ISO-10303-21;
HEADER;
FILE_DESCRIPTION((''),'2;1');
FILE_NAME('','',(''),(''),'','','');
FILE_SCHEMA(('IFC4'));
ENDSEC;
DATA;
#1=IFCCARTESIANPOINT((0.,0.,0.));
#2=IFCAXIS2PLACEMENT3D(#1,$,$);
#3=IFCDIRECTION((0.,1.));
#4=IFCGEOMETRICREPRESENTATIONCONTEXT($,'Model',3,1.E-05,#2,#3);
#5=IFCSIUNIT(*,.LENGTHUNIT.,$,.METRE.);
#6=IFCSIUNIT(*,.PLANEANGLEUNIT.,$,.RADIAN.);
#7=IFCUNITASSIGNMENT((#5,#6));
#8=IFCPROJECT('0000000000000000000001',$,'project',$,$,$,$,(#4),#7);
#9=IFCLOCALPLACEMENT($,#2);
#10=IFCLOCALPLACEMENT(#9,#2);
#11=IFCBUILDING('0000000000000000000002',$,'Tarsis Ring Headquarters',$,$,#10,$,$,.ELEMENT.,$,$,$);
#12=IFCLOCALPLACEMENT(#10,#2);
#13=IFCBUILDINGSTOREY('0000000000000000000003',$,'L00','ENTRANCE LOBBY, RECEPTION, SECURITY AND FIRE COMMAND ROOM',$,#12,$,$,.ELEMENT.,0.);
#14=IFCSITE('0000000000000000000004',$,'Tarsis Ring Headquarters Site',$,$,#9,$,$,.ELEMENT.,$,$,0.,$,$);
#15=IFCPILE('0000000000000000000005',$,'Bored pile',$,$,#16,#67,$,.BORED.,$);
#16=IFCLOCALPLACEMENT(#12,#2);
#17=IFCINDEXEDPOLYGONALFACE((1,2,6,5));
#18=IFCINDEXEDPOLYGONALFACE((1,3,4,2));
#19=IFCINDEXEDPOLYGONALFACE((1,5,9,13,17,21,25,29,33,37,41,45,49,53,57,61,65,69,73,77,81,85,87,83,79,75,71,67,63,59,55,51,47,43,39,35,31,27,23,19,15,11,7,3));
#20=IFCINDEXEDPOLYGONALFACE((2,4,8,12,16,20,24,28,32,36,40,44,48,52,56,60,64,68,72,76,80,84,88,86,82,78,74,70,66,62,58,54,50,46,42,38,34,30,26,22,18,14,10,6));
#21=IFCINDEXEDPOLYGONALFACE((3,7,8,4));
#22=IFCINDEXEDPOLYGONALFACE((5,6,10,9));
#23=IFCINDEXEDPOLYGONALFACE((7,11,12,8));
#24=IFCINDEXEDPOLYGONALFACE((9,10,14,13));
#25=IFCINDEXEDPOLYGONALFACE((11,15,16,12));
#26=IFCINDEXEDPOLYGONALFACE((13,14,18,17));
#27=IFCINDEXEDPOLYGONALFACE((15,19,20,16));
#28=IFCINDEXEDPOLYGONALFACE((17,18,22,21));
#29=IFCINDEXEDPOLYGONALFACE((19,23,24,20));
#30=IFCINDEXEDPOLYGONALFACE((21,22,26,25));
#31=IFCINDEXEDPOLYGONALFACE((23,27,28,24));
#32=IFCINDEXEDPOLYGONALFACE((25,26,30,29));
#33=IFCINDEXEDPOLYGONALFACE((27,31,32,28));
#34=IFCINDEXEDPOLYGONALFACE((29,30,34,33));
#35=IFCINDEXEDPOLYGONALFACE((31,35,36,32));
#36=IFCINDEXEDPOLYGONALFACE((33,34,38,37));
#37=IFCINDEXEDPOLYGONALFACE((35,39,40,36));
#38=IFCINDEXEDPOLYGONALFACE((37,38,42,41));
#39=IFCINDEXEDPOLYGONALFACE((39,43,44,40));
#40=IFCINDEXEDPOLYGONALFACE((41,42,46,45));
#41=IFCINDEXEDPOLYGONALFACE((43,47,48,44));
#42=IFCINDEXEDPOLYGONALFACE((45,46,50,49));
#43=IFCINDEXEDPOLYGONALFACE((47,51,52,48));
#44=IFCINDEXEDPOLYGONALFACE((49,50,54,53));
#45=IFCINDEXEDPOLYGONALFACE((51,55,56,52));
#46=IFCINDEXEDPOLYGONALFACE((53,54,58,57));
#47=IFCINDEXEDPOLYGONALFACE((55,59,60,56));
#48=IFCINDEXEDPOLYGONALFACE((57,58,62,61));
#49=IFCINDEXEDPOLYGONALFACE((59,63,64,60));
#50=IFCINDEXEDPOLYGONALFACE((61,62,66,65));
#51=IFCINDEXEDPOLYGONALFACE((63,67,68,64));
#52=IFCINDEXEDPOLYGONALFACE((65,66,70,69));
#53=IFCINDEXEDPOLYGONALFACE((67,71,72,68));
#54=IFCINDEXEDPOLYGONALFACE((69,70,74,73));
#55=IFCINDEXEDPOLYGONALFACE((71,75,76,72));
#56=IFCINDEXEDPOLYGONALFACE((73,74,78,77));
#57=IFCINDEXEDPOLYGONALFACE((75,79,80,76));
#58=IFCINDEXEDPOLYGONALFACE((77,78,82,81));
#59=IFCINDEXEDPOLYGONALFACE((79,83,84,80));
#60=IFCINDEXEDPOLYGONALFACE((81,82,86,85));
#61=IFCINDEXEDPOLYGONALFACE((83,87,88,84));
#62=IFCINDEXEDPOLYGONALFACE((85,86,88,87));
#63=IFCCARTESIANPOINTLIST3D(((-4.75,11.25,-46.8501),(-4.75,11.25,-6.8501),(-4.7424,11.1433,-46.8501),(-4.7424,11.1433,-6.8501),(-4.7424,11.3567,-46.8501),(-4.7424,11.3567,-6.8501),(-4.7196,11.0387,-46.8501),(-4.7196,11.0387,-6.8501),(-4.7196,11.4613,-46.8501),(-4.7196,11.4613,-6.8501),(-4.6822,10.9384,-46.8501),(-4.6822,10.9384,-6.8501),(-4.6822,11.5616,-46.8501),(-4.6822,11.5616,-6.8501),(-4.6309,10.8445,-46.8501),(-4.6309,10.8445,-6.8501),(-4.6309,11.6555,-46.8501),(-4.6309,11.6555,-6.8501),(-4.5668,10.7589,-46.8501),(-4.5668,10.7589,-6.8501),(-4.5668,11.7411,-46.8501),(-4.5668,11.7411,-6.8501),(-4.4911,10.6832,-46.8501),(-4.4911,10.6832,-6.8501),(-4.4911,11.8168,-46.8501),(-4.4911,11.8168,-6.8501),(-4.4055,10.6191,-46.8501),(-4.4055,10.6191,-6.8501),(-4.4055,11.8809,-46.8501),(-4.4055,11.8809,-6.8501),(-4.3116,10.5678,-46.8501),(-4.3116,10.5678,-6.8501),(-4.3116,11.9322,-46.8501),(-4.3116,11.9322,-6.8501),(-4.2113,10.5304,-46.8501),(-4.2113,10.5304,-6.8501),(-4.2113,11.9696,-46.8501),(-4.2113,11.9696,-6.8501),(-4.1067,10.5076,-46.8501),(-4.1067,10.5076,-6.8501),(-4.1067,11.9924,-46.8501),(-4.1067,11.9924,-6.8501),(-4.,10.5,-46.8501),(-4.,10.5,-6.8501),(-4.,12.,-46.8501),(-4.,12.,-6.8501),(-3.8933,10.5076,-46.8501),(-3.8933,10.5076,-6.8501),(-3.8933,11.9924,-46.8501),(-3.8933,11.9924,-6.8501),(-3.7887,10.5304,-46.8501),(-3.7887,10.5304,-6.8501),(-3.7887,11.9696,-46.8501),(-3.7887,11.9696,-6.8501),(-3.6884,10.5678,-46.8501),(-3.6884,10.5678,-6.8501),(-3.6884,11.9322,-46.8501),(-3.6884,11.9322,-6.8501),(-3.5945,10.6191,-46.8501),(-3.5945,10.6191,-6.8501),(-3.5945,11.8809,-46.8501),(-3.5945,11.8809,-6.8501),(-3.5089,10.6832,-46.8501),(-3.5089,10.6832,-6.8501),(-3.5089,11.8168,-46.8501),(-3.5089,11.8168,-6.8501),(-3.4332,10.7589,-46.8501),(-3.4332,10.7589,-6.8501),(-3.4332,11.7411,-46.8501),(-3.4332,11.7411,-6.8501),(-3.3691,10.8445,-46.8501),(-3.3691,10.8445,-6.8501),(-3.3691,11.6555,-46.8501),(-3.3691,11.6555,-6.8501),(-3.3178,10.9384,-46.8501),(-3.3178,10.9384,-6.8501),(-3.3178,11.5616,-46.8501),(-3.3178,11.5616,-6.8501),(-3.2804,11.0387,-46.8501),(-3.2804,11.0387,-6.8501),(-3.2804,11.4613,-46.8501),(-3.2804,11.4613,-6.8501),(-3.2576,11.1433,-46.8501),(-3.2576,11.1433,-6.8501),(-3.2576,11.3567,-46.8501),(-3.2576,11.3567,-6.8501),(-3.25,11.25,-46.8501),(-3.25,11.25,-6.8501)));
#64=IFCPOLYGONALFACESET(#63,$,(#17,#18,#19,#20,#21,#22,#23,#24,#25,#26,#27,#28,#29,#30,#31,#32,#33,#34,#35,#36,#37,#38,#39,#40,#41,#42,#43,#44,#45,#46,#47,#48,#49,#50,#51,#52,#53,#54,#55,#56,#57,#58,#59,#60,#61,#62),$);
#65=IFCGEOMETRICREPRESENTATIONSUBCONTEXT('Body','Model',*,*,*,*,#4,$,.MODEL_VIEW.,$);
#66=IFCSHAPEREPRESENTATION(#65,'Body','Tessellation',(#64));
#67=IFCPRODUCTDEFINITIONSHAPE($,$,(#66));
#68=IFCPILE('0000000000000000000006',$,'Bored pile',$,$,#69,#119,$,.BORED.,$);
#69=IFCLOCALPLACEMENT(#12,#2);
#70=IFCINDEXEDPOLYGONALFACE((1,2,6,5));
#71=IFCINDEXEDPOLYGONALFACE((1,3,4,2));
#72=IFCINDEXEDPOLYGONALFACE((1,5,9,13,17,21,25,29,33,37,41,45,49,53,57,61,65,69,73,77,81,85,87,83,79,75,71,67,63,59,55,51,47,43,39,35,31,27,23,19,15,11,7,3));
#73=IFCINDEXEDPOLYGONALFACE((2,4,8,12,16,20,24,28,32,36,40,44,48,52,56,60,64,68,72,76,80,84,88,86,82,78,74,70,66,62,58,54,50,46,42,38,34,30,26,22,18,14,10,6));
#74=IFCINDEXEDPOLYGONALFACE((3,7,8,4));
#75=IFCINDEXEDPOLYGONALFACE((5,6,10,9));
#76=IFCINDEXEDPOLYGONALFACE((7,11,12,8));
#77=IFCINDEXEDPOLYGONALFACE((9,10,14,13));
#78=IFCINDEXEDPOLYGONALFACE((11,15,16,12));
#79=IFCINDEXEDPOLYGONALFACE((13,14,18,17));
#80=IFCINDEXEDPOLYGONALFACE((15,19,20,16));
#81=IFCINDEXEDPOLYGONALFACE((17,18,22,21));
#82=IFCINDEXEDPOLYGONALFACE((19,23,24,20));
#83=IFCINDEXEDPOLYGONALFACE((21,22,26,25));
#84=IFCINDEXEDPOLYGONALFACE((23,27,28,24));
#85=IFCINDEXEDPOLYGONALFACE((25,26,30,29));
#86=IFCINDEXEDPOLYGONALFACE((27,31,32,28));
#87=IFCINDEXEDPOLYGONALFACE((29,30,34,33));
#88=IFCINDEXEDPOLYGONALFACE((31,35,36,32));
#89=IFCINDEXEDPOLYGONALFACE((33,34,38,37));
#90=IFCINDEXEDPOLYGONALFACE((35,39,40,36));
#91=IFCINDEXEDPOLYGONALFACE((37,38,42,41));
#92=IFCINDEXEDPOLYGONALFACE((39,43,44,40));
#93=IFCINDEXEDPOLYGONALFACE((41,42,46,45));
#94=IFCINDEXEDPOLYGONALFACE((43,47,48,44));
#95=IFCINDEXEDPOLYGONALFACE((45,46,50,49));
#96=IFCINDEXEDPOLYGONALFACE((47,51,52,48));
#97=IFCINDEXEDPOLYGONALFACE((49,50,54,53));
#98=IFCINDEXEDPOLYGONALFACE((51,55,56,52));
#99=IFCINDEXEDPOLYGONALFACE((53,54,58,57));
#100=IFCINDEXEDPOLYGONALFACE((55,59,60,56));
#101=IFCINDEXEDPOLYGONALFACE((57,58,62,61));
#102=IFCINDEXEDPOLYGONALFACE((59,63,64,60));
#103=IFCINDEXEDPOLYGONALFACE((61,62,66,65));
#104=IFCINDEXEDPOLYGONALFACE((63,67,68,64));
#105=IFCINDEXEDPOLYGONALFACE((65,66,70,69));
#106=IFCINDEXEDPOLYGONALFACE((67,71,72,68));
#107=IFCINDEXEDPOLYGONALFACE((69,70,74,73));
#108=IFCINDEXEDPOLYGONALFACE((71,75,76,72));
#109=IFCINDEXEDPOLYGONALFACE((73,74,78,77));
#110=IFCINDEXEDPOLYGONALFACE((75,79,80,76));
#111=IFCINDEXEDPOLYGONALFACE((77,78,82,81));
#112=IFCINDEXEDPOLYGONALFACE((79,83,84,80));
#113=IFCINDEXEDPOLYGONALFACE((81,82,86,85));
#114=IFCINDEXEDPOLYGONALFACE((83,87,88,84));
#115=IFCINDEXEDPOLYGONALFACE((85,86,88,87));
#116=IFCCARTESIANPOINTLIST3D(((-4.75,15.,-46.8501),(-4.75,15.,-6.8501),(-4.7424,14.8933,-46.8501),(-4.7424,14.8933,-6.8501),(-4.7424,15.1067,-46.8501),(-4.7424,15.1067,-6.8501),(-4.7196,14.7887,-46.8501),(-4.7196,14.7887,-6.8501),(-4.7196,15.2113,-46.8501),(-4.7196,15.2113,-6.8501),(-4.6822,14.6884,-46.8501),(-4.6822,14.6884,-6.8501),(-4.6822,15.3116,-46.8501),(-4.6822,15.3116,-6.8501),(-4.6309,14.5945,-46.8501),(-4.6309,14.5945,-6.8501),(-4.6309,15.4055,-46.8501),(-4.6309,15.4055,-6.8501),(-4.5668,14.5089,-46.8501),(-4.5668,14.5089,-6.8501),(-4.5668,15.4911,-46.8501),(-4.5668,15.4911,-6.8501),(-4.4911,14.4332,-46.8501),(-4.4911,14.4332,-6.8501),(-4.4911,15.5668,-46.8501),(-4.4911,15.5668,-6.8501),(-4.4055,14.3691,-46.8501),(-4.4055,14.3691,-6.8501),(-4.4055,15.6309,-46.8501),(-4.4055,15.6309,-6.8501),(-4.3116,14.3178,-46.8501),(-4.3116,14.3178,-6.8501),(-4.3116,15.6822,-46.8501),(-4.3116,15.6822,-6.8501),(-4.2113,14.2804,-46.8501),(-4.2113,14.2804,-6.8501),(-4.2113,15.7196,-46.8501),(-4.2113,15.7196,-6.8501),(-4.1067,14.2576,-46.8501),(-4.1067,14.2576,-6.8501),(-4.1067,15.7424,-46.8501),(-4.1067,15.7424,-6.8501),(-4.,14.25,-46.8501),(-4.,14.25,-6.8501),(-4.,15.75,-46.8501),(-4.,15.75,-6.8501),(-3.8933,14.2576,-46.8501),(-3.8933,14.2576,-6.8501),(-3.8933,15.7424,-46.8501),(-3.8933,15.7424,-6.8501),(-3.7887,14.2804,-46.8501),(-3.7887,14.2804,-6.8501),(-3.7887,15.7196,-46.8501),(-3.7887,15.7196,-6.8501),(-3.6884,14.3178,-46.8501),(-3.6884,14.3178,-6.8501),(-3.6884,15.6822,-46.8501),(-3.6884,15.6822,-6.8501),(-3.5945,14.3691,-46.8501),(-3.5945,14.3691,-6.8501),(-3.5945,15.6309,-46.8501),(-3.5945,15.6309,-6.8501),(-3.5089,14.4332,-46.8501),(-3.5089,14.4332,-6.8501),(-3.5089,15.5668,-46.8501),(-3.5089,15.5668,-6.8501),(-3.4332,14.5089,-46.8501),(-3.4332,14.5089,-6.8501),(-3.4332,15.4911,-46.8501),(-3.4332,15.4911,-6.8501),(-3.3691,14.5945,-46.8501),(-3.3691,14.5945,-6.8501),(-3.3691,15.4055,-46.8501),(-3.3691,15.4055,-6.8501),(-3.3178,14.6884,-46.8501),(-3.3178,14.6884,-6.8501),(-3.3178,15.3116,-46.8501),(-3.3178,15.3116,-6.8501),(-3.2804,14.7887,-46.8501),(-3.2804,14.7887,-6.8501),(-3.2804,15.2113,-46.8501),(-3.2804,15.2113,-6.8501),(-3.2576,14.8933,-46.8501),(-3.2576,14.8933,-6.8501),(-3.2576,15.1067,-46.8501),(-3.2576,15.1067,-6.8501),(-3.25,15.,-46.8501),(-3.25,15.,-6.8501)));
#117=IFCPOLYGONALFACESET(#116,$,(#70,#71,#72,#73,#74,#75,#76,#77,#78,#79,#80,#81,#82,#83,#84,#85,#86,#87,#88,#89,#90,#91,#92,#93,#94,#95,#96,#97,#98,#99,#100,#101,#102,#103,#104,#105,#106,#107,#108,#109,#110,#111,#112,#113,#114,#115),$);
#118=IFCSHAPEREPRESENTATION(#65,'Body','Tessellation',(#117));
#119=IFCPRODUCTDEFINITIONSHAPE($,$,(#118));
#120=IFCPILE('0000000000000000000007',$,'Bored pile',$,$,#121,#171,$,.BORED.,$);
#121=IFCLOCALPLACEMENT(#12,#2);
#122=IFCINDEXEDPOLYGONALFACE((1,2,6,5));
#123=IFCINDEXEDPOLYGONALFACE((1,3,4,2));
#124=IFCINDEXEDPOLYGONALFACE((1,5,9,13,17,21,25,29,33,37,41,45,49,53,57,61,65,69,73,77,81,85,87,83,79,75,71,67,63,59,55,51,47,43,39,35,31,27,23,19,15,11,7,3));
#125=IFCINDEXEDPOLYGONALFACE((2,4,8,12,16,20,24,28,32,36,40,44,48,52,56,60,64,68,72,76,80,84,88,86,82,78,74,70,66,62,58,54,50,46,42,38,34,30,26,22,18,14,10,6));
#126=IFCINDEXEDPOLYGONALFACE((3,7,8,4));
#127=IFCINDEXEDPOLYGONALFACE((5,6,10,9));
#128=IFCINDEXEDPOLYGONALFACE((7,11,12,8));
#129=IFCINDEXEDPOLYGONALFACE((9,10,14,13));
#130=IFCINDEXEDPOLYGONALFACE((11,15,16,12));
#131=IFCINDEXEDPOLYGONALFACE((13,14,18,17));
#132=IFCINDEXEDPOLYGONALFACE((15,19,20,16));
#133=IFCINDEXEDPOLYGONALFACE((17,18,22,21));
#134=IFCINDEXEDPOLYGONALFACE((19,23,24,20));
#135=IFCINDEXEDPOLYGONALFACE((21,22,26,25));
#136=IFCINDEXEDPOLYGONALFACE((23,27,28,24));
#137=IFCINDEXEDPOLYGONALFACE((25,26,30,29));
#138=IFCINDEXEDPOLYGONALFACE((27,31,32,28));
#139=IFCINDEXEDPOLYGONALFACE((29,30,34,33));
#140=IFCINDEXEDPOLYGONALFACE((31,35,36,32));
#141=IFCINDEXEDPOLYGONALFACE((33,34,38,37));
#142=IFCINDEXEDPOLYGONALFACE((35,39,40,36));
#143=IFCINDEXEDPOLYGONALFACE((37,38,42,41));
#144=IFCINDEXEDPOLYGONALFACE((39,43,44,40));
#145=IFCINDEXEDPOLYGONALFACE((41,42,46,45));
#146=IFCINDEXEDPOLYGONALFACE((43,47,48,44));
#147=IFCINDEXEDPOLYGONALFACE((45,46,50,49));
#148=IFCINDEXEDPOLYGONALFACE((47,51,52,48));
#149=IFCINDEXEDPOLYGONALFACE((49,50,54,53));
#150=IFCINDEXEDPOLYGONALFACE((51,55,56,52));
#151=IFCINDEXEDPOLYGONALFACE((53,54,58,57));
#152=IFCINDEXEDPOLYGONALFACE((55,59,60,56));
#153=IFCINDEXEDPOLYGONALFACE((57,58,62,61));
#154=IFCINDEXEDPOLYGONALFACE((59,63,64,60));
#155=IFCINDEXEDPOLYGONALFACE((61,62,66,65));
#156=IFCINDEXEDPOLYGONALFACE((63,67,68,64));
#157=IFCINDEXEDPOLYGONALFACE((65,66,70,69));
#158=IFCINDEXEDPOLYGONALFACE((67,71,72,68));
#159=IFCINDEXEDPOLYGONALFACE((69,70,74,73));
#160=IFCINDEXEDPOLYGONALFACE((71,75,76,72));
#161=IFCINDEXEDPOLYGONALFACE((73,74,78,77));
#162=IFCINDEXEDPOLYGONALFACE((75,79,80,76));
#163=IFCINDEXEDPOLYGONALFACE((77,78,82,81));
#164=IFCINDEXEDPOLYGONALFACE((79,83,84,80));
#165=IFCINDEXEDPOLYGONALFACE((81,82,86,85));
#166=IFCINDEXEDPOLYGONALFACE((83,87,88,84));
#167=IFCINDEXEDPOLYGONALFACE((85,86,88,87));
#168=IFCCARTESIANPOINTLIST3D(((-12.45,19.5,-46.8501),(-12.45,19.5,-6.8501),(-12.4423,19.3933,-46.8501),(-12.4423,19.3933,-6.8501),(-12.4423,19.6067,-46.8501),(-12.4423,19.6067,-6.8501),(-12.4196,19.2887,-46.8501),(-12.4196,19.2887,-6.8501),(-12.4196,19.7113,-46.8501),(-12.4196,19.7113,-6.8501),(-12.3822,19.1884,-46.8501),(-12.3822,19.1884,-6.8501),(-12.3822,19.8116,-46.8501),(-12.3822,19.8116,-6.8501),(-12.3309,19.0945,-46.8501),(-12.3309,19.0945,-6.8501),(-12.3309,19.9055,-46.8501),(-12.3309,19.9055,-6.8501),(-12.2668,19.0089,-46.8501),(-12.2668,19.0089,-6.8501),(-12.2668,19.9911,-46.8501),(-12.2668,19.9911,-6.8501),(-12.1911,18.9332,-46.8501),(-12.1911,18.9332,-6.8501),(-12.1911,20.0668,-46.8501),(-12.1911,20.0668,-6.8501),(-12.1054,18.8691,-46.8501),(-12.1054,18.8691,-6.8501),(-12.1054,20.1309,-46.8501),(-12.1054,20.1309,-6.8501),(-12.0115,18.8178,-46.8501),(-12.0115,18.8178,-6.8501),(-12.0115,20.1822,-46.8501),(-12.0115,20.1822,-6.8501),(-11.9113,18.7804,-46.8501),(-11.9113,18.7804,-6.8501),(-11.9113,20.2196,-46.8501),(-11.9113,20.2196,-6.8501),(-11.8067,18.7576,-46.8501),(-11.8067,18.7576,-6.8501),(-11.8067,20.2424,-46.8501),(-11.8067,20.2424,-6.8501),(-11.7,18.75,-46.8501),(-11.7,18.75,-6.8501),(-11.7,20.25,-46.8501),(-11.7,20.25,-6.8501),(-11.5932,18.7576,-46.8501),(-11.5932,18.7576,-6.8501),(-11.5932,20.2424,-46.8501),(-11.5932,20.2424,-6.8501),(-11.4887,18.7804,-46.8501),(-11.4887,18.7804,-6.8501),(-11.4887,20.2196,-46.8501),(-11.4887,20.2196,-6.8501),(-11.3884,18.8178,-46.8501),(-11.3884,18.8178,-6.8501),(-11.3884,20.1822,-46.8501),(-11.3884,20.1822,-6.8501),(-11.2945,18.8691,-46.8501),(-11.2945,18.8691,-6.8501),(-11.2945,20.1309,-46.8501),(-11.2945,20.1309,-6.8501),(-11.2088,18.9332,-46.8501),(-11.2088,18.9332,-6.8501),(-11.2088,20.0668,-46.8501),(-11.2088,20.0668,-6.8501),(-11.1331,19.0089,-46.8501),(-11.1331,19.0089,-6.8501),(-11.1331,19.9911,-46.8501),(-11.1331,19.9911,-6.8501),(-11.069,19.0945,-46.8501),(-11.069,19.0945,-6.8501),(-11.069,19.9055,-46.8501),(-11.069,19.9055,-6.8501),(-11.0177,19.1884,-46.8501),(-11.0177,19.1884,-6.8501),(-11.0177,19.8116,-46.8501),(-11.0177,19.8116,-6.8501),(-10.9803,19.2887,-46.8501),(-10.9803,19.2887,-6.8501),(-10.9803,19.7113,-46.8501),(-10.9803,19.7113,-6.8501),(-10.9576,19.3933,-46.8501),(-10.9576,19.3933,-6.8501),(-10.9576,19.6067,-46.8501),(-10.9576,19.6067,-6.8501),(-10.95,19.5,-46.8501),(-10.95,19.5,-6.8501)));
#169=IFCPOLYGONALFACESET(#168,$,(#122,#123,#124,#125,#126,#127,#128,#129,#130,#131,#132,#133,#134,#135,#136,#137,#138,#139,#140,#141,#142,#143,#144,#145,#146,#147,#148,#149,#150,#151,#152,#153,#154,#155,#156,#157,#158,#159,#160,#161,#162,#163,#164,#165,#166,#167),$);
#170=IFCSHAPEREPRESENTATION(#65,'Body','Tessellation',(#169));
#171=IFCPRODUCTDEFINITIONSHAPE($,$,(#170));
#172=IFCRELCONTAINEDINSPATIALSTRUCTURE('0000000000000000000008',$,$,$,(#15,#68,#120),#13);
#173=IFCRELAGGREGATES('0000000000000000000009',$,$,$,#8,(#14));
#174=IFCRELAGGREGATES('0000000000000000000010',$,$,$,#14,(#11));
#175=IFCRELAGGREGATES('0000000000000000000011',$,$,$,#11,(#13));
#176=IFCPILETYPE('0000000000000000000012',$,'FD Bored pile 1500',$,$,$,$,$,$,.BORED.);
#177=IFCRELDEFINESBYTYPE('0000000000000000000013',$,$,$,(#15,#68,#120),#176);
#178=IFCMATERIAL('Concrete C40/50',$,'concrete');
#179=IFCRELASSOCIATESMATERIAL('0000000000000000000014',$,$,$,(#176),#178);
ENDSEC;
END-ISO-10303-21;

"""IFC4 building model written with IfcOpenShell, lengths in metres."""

from ifc_helpers import new_model, si_unit, direction, frame, origin, origin_2d, place, context, subcontext, project, spatial, circle, extrude, material, material_profile, profile_set, type_object, element, save


model = new_model("IFC4")

# Units and contexts
model_context = context("Model", 3, precision=1e-05, world=origin(), true_north=direction((0.0, 1.0)))
body_context = subcontext(model_context, "Body", "Model", "MODEL_VIEW")
ifc_project = project(units=[si_unit("LENGTHUNIT", "METRE"), si_unit("PLANEANGLEUNIT", "RADIAN")], contexts=[model_context])

# Site, building, storey
site_placement = place(None, origin())
site = spatial("IfcSite", under=ifc_project, at=site_placement, Name="Tarsis Ring Headquarters Site", CompositionType="ELEMENT", RefElevation=0.0)
building_placement = place(site_placement, origin())
building = spatial("IfcBuilding", under=site, at=building_placement, Name="Tarsis Ring Headquarters", CompositionType="ELEMENT")
storey_placement = place(building_placement, origin())
storey = spatial("IfcBuildingStorey", under=building, at=storey_placement, Name="L00", Description="ENTRANCE LOBBY, RECEPTION, SECURITY AND FIRE COMMAND ROOM", CompositionType="ELEMENT", Elevation=0.0)

# Piles
ifc_material_1 = material(Name="Concrete C40/50", Category="concrete")
ifc_material_profile_1 = material_profile(ifc_material_1, circle(Radius=0.75, at=origin_2d()), Name="BORED 1500")
ifc_profile_set_1 = profile_set([ifc_material_profile_1], Name="Concrete C40/50")
pile_type = type_object("IfcPileType", Name="FD Bored pile 1500", PredefinedType="BORED", material=ifc_profile_set_1)
for number, where, z_axis, x_axis, name in (
    (1, (-4.0, 11.25, -6.8501), (0.0, 0.0, -1.0), (1.0, 0.0, 0.0), "Bored pile"),
    (2, (-4.0, 15.0, -6.8501), (0.0, 0.0, -1.0), (1.0, 0.0, 0.0), "Bored pile"),
    (3, (-11.7, 19.5, -6.8501), (0.0, 0.0, -1.0), (1.0, 0.0, 0.0), "Bored pile"),
):
    element("IfcPile", number, at=place(storey_placement, frame(where, z_axis=z_axis, x_axis=x_axis)), inside=storey, type_object=pile_type, Name=name, PredefinedType="BORED", context=body_context, shape_type="SweptSolid", body=[
        extrude(circle(Radius=0.75, at=origin_2d()), origin(), (0.0, 0.0, 1.0), 40.0),
    ])

save(model, "model.ifc")
